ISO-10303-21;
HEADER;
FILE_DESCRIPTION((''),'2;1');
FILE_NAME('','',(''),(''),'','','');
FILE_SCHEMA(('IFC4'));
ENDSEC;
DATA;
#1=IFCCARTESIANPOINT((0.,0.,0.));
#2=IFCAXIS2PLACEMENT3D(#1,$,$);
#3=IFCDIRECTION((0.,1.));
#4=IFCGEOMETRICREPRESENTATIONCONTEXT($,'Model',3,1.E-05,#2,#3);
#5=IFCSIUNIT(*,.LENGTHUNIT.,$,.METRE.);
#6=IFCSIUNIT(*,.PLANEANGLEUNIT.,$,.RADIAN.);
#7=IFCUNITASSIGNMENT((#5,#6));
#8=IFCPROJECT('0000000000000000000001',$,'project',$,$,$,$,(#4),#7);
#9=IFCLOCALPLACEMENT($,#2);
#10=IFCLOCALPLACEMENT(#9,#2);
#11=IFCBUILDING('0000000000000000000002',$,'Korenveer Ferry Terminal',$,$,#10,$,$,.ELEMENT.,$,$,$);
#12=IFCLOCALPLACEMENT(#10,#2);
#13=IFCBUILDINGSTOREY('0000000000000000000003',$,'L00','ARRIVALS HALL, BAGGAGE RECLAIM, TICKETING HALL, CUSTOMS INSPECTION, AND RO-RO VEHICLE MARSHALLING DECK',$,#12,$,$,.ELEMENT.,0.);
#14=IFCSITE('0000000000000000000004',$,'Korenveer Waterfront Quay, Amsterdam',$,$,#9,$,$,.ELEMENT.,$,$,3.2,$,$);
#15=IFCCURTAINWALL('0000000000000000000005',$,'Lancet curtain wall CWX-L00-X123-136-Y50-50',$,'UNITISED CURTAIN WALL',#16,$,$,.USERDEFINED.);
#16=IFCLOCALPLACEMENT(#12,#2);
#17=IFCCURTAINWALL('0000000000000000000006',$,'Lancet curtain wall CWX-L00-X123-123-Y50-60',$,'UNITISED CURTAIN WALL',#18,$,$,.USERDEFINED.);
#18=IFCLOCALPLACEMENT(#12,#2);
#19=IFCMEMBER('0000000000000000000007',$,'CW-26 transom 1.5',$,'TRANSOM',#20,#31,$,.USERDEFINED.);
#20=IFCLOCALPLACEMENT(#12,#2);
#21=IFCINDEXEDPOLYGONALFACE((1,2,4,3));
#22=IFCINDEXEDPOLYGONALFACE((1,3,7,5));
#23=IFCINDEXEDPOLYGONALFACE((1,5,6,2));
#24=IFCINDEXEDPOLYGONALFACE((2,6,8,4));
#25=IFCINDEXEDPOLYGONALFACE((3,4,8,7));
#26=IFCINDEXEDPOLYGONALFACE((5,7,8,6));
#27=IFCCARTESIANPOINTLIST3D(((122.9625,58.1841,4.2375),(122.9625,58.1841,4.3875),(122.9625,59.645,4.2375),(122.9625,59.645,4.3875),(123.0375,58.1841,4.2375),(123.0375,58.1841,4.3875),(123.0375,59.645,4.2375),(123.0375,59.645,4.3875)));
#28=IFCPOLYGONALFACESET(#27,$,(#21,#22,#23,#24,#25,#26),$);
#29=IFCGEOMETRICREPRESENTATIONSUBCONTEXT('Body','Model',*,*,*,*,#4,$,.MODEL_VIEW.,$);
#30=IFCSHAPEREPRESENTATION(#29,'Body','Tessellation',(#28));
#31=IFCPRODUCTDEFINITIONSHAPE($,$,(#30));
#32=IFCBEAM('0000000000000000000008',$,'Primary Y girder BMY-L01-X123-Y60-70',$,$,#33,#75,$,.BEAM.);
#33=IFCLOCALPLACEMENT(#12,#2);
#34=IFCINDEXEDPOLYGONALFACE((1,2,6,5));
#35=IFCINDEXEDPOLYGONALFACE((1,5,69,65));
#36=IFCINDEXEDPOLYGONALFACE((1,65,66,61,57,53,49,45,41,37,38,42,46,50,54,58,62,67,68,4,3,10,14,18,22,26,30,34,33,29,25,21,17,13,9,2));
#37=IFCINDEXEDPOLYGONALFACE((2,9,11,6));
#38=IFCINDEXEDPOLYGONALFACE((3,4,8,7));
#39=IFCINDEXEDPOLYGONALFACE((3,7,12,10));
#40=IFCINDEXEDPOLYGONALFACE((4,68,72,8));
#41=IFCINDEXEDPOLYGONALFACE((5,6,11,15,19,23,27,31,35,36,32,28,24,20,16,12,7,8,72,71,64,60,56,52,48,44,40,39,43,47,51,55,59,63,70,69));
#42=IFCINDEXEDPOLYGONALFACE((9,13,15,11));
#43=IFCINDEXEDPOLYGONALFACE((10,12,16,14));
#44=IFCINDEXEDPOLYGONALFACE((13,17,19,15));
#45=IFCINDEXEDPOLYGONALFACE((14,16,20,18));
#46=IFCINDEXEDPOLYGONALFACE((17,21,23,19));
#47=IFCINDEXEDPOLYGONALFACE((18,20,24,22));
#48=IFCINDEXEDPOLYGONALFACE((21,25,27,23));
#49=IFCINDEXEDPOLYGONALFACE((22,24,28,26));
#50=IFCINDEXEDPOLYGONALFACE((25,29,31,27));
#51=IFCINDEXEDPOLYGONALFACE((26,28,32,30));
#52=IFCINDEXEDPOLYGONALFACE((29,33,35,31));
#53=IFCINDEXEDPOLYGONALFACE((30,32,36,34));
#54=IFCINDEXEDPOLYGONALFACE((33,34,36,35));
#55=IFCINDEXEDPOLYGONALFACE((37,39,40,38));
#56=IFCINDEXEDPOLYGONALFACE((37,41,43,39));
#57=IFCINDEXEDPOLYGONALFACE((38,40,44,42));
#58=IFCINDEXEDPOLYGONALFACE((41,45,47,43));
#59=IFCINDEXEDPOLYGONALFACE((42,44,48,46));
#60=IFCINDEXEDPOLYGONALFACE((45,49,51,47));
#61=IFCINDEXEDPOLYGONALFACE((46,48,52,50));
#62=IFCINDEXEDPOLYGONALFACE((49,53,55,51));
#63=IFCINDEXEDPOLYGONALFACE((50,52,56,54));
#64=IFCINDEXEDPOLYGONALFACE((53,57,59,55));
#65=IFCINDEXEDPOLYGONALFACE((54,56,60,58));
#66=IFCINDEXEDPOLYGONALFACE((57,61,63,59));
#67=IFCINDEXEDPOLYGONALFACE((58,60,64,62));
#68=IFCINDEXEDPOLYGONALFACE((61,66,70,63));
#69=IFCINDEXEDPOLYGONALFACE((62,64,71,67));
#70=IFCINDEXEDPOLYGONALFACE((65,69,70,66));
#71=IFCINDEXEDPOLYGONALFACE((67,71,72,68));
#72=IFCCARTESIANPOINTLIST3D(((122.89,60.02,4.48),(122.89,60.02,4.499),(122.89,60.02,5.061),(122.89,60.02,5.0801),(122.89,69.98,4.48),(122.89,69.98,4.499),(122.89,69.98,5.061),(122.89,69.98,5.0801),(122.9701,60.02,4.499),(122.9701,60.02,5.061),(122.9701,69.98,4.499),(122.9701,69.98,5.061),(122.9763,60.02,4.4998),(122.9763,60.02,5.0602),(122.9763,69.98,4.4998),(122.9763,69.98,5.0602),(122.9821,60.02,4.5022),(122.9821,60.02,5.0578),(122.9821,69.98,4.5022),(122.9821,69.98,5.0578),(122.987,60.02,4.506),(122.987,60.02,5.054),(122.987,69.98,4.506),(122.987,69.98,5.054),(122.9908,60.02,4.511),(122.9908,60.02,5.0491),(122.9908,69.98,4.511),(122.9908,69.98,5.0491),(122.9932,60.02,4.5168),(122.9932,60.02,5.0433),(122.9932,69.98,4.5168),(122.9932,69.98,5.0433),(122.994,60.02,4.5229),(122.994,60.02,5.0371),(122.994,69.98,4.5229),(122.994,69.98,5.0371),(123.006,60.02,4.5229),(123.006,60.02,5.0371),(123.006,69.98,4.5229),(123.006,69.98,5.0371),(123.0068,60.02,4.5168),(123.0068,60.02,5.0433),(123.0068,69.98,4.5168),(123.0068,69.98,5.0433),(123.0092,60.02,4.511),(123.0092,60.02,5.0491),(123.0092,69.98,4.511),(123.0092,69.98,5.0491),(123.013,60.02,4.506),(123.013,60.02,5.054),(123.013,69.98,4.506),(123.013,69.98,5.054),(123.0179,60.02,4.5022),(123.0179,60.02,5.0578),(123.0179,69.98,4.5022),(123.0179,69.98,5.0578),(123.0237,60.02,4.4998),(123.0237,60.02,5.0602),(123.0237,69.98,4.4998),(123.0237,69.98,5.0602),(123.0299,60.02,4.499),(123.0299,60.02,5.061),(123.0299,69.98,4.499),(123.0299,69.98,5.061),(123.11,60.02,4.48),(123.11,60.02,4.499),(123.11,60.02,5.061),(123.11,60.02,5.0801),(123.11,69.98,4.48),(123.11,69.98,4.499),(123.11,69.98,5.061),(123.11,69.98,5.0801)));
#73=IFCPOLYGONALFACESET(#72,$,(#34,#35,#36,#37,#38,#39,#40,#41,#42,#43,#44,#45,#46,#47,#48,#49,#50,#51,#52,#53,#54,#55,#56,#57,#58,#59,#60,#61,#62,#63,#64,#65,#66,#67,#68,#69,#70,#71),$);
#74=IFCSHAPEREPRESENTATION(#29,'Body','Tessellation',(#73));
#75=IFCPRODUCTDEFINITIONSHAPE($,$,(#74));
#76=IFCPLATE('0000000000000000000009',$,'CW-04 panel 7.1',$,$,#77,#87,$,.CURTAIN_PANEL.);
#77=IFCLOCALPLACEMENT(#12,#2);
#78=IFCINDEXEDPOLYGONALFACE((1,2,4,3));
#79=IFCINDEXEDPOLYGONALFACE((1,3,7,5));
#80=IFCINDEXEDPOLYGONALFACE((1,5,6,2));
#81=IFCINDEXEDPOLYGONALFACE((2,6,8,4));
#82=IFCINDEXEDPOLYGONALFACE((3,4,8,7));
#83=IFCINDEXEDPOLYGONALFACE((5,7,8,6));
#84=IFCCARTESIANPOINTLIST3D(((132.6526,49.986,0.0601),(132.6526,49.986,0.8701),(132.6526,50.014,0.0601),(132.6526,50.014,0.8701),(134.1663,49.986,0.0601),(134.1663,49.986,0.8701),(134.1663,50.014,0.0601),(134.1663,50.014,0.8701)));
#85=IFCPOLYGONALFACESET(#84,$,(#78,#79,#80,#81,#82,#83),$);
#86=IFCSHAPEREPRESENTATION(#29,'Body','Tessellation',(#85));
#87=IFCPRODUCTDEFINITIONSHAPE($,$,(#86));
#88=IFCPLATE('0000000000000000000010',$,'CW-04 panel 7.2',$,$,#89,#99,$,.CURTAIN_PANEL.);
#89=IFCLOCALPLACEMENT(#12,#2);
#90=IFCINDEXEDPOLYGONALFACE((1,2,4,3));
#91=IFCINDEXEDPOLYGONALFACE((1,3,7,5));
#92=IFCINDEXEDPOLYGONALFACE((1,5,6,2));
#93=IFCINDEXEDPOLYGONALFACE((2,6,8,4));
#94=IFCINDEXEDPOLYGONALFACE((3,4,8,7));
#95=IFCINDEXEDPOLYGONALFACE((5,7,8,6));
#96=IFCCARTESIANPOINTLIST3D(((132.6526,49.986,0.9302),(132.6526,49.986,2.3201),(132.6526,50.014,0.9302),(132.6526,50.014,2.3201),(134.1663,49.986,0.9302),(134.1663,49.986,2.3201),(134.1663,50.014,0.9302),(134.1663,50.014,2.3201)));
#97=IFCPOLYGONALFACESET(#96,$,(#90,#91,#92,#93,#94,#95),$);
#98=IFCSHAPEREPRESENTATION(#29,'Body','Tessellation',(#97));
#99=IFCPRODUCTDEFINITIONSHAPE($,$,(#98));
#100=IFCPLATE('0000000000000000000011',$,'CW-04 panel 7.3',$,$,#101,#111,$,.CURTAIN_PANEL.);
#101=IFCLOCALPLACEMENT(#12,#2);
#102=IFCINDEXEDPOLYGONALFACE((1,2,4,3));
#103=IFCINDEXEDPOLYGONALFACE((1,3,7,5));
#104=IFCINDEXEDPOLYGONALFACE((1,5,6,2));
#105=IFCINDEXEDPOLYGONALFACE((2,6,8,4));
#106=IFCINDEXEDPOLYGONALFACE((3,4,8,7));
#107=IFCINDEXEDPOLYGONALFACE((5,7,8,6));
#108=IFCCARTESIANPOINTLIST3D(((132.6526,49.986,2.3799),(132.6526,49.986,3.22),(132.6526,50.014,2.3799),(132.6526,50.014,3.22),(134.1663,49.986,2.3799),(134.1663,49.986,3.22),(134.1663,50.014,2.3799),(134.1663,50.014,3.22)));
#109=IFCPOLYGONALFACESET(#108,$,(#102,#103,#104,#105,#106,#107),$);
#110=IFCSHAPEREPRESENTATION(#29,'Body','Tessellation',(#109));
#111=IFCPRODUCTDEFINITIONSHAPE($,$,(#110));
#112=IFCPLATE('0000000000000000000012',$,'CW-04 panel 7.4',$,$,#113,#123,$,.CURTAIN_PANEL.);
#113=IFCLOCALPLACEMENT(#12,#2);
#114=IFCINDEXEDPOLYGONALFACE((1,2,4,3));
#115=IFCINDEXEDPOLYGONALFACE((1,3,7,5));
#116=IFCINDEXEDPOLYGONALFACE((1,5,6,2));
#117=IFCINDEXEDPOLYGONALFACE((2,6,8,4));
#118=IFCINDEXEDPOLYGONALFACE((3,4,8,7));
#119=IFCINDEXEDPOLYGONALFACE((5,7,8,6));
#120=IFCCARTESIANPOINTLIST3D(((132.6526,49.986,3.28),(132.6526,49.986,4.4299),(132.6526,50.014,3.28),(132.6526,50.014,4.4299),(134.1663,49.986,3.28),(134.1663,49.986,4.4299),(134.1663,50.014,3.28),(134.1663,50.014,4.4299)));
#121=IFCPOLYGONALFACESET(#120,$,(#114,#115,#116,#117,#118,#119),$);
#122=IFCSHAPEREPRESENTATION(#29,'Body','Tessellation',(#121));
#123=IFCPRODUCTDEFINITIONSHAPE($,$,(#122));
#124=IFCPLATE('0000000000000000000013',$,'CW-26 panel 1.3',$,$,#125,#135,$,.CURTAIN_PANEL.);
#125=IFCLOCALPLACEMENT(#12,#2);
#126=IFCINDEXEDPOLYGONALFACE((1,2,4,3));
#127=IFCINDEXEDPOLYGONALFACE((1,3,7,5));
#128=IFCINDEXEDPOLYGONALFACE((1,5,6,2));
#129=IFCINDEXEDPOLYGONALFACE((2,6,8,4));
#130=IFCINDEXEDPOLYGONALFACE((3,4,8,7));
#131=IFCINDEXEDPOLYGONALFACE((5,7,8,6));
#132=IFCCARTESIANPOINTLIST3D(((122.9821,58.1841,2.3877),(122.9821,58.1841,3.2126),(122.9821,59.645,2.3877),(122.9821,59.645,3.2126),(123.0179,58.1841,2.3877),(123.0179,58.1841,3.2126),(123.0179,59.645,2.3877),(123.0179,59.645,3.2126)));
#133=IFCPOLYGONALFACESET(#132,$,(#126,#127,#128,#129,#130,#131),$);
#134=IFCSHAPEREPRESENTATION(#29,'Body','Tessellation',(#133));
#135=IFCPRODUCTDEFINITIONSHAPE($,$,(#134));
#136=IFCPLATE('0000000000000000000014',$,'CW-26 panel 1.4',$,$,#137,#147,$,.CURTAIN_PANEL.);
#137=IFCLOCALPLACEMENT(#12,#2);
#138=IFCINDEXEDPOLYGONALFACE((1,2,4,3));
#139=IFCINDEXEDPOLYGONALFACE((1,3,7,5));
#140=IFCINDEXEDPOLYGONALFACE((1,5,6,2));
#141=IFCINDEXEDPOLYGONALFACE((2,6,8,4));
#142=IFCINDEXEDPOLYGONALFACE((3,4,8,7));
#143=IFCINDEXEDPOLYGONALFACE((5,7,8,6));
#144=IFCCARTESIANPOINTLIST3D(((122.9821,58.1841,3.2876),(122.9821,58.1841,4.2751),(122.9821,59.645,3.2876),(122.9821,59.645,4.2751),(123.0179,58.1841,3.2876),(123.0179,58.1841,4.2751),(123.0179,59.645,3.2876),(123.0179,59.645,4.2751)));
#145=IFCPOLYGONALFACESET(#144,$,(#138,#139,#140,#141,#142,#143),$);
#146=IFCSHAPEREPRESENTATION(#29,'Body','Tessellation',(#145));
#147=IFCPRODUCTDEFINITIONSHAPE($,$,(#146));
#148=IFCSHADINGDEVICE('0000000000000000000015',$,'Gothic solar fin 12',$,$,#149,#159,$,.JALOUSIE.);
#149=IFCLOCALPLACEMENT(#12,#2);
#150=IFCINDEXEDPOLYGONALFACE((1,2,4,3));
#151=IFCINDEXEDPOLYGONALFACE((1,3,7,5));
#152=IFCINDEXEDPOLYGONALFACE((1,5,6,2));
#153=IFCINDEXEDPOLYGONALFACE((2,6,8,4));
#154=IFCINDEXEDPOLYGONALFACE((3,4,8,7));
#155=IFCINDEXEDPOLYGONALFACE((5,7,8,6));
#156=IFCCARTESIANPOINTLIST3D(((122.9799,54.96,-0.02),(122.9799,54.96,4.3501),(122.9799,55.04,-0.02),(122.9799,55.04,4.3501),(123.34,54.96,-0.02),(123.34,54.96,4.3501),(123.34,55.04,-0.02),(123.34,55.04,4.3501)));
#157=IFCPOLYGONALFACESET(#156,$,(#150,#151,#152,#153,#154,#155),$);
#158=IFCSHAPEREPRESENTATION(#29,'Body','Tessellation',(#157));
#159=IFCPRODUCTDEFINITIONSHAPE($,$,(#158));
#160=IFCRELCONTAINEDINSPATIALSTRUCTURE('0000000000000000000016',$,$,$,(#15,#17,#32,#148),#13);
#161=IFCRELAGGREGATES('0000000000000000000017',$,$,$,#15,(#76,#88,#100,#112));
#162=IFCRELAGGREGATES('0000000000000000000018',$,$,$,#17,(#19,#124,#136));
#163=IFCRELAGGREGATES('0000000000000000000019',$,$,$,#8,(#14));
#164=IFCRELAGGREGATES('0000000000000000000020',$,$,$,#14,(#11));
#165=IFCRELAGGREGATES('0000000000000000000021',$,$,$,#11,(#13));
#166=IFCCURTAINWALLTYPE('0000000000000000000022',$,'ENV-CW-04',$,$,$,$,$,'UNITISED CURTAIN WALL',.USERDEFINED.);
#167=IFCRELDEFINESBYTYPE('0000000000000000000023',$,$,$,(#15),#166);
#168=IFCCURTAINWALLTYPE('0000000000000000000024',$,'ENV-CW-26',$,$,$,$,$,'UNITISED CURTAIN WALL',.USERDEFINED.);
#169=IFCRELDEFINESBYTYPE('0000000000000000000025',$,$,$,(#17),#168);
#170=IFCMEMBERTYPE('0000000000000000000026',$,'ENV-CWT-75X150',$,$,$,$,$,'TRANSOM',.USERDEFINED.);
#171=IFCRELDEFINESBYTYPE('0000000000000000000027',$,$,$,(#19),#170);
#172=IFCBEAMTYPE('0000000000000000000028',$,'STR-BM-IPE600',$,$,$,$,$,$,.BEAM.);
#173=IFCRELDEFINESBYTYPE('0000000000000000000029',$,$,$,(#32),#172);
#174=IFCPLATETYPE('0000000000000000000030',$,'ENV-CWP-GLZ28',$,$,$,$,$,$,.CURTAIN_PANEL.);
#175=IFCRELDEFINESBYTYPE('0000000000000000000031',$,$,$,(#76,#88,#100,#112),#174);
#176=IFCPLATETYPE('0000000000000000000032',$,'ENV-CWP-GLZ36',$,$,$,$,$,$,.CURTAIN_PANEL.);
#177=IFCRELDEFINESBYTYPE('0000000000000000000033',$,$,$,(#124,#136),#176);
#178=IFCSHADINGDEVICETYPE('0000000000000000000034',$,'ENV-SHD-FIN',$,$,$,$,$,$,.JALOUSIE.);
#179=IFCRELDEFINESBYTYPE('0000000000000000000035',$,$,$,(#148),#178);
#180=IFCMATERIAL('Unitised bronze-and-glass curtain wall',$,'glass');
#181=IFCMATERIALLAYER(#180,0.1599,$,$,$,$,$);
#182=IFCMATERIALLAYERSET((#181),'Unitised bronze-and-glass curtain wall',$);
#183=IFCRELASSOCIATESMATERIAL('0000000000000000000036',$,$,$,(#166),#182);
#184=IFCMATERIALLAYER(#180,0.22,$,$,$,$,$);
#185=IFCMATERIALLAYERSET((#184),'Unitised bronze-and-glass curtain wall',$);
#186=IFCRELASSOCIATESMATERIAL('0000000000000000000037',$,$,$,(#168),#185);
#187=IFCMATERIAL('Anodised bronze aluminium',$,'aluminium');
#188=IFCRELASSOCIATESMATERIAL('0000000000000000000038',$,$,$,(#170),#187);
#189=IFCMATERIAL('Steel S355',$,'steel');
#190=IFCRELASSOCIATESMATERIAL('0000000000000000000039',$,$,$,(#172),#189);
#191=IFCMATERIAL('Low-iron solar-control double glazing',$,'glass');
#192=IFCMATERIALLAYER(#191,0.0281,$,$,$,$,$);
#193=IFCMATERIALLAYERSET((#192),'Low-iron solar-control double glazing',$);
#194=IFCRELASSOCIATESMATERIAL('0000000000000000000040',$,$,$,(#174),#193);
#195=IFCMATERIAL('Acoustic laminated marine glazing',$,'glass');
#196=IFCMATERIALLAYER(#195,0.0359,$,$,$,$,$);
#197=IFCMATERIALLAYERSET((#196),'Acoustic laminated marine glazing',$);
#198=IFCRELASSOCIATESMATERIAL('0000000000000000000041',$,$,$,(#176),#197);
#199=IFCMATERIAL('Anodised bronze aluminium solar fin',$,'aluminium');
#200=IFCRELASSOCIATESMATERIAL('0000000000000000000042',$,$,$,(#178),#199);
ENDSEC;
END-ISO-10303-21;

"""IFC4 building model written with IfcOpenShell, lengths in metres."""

from ifc_helpers import new_model, si_unit, direction, frame, origin, origin_2d, place, context, subcontext, project, spatial, rectangle, i_section, extrude, material, layer, layer_set, material_profile, profile_set, type_object, element, aggregate, save


model = new_model("IFC4")

# Units and contexts
model_context = context("Model", 3, precision=1e-05, world=origin(), true_north=direction((0.0, 1.0)))
body_context = subcontext(model_context, "Body", "Model", "MODEL_VIEW")
ifc_project = project(units=[si_unit("LENGTHUNIT", "METRE"), si_unit("PLANEANGLEUNIT", "RADIAN")], contexts=[model_context])

# Site, building, storey
site_placement = place(None, origin())
site = spatial("IfcSite", under=ifc_project, at=site_placement, Name="Korenveer Waterfront Quay, Amsterdam", CompositionType="ELEMENT", RefElevation=3.2)
building_placement = place(site_placement, origin())
building = spatial("IfcBuilding", under=site, at=building_placement, Name="Korenveer Ferry Terminal", CompositionType="ELEMENT")
storey_placement = place(building_placement, origin())
storey = spatial("IfcBuildingStorey", under=building, at=storey_placement, Name="L00", Description="ARRIVALS HALL, BAGGAGE RECLAIM, TICKETING HALL, CUSTOMS INSPECTION, AND RO-RO VEHICLE MARSHALLING DECK", CompositionType="ELEMENT", Elevation=0.0)

# Shared definitions
ifc_material_1 = material(Name="Steel S355", Category="steel")

# Curtain walls
ifc_material_2 = material(Name="Unitised bronze-and-glass curtain wall", Category="glass")
ifc_layer_1 = layer(ifc_material_2, 0.1599)
ifc_layer_set_1 = layer_set([ifc_layer_1], Name="Unitised bronze-and-glass curtain wall")
curtain_wall_type_1 = type_object("IfcCurtainWallType", Name="ENV-CW-04", ElementType="UNITISED CURTAIN WALL", PredefinedType="USERDEFINED", material=ifc_layer_set_1)
curtain_wall_1_placement = place(storey_placement, frame((123.1799, 50.0, 0.0)))
curtain_wall_1 = element("IfcCurtainWall", 1, at=curtain_wall_1_placement, inside=storey, type_object=curtain_wall_type_1, Name="Lancet curtain wall CWX-L00-X123-136-Y50-50", ObjectType="UNITISED CURTAIN WALL", PredefinedType="USERDEFINED")
ifc_material_3 = material(Name="Anodised bronze aluminium", Category="aluminium")
ifc_layer_2 = layer(ifc_material_2, 0.22)
ifc_layer_set_2 = layer_set([ifc_layer_2], Name="Unitised bronze-and-glass curtain wall")
curtain_wall_type_2 = type_object("IfcCurtainWallType", Name="ENV-CW-26", ElementType="UNITISED CURTAIN WALL", PredefinedType="USERDEFINED", material=ifc_layer_set_2)
curtain_wall_2_placement = place(storey_placement, frame((123.0, 59.72, 0.0)))
curtain_wall_2 = element("IfcCurtainWall", 2, at=curtain_wall_2_placement, inside=storey, type_object=curtain_wall_type_2, Name="Lancet curtain wall CWX-L00-X123-123-Y50-60", ObjectType="UNITISED CURTAIN WALL", PredefinedType="USERDEFINED")

# Member
ifc_material_profile_1 = material_profile(ifc_material_3, rectangle(XDim=0.075, YDim=0.1499, at=origin_2d()), Name="ALU 75x150")
ifc_profile_set_1 = profile_set([ifc_material_profile_1], Name="Anodised bronze aluminium")
member_type_1 = type_object("IfcMemberType", Name="ENV-CWT-75X150", ElementType="TRANSOM", PredefinedType="USERDEFINED", material=ifc_profile_set_1)
member_1_placement = place(storey_placement, frame((123.0, 59.645, 4.3125), z_axis=(0.0, -1.0, 0.0), x_axis=(1.0, 0.0, 0.0)))
member_1 = element("IfcMember", 3, at=member_1_placement, type_object=member_type_1, Name="CW-26 transom 1.5", ObjectType="TRANSOM", PredefinedType="USERDEFINED", context=body_context, shape_type="SweptSolid", body=[
    extrude(rectangle(XDim=0.075, YDim=0.1499, at=origin_2d()), origin(), (0.0, 0.0, 1.0), 1.4609),
])

# Beam
ifc_material_profile_2 = material_profile(ifc_material_1, i_section(OverallWidth=0.22, OverallDepth=0.6001, WebThickness=0.012, FlangeThickness=0.019, FilletRadius=0.0239, at=origin_2d()), Name="IPE 600")
ifc_profile_set_2 = profile_set([ifc_material_profile_2], Name="Steel S355")
beam_type = type_object("IfcBeamType", Name="STR-BM-IPE600", PredefinedType="BEAM", material=ifc_profile_set_2)
beam_placement = place(storey_placement, frame((123.0, 60.02, 4.78), z_axis=(0.0, 1.0, 0.0), x_axis=(-1.0, 0.0, 0.0)))
element("IfcBeam", 4, at=beam_placement, inside=storey, type_object=beam_type, Name="Primary Y girder BMY-L01-X123-Y60-70", PredefinedType="BEAM", context=body_context, shape_type="SweptSolid", body=[
    extrude(i_section(OverallWidth=0.22, OverallDepth=0.6001, WebThickness=0.012, FlangeThickness=0.019, FilletRadius=0.0239, at=origin_2d()), origin(), (0.0, 0.0, 1.0), 9.96),
])

# Plates
ifc_material_4 = material(Name="Low-iron solar-control double glazing", Category="glass")
ifc_layer_3 = layer(ifc_material_4, 0.0281)
ifc_layer_set_3 = layer_set([ifc_layer_3], Name="Low-iron solar-control double glazing")
plate_type_1 = type_object("IfcPlateType", Name="ENV-CWP-GLZ28", PredefinedType="CURTAIN_PANEL", material=ifc_layer_set_3)
plate_1_placement = place(storey_placement, frame((133.4094, 50.0, 0.0601), z_axis=(0.0, 0.0, 1.0), x_axis=(1.0, 0.0, 0.0)))
plate_1 = element("IfcPlate", 5, at=plate_1_placement, type_object=plate_type_1, Name="CW-04 panel 7.1", PredefinedType="CURTAIN_PANEL", context=body_context, shape_type="SweptSolid", body=[
    extrude(rectangle(XDim=1.5137, YDim=0.0281, at=origin_2d()), origin(), (0.0, 0.0, 1.0), 0.8101),
])
plate_2_placement = place(storey_placement, frame((133.4094, 50.0, 0.9302), z_axis=(0.0, 0.0, 1.0), x_axis=(1.0, 0.0, 0.0)))
plate_2 = element("IfcPlate", 6, at=plate_2_placement, type_object=plate_type_1, Name="CW-04 panel 7.2", PredefinedType="CURTAIN_PANEL", context=body_context, shape_type="SweptSolid", body=[
    extrude(rectangle(XDim=1.5137, YDim=0.0281, at=origin_2d()), origin(), (0.0, 0.0, 1.0), 1.3899),
])
plate_3_placement = place(storey_placement, frame((133.4094, 50.0, 2.3799), z_axis=(0.0, 0.0, 1.0), x_axis=(1.0, 0.0, 0.0)))
plate_3 = element("IfcPlate", 7, at=plate_3_placement, type_object=plate_type_1, Name="CW-04 panel 7.3", PredefinedType="CURTAIN_PANEL", context=body_context, shape_type="SweptSolid", body=[
    extrude(rectangle(XDim=1.5137, YDim=0.0281, at=origin_2d()), origin(), (0.0, 0.0, 1.0), 0.8401),
])
plate_4_placement = place(storey_placement, frame((133.4094, 50.0, 3.28), z_axis=(0.0, 0.0, 1.0), x_axis=(1.0, 0.0, 0.0)))
plate_4 = element("IfcPlate", 8, at=plate_4_placement, type_object=plate_type_1, Name="CW-04 panel 7.4", PredefinedType="CURTAIN_PANEL", context=body_context, shape_type="SweptSolid", body=[
    extrude(rectangle(XDim=1.5137, YDim=0.0281, at=origin_2d()), origin(), (0.0, 0.0, 1.0), 1.1499),
])
aggregate(curtain_wall_1, [plate_1, plate_2, plate_3, plate_4])
ifc_material_5 = material(Name="Acoustic laminated marine glazing", Category="glass")
ifc_layer_4 = layer(ifc_material_5, 0.0359)
ifc_layer_set_4 = layer_set([ifc_layer_4], Name="Acoustic laminated marine glazing")
plate_type_2 = type_object("IfcPlateType", Name="ENV-CWP-GLZ36", PredefinedType="CURTAIN_PANEL", material=ifc_layer_set_4)
plate_5_placement = place(storey_placement, frame((123.0, 58.9146, 2.3877), z_axis=(0.0, 0.0, 1.0), x_axis=(0.0, -1.0, 0.0)))
plate_5 = element("IfcPlate", 9, at=plate_5_placement, type_object=plate_type_2, Name="CW-26 panel 1.3", PredefinedType="CURTAIN_PANEL", context=body_context, shape_type="SweptSolid", body=[
    extrude(rectangle(XDim=1.4609, YDim=0.0359, at=origin_2d()), origin(), (0.0, 0.0, 1.0), 0.825),
])
plate_6_placement = place(storey_placement, frame((123.0, 58.9146, 3.2876), z_axis=(0.0, 0.0, 1.0), x_axis=(0.0, -1.0, 0.0)))
plate_6 = element("IfcPlate", 10, at=plate_6_placement, type_object=plate_type_2, Name="CW-26 panel 1.4", PredefinedType="CURTAIN_PANEL", context=body_context, shape_type="SweptSolid", body=[
    extrude(rectangle(XDim=1.4609, YDim=0.0359, at=origin_2d()), origin(), (0.0, 0.0, 1.0), 0.9875),
])
aggregate(curtain_wall_2, [member_1, plate_5, plate_6])

# Shading device
ifc_material_6 = material(Name="Anodised bronze aluminium solar fin", Category="aluminium")
shading_device_type = type_object("IfcShadingDeviceType", Name="ENV-SHD-FIN", PredefinedType="JALOUSIE", material=ifc_material_6)
shading_device_placement = place(storey_placement, frame((123.1599, 55.0, -0.02), z_axis=(0.0, 0.0, 1.0), x_axis=(1.0, 0.0, 0.0)))
element("IfcShadingDevice", 11, at=shading_device_placement, inside=storey, type_object=shading_device_type, Name="Gothic solar fin 12", PredefinedType="JALOUSIE", context=body_context, shape_type="SweptSolid", body=[
    extrude(rectangle(XDim=0.3601, YDim=0.0801, at=origin_2d()), origin(), (0.0, 0.0, 1.0), 4.3701),
])

save(model, "model.ifc")
